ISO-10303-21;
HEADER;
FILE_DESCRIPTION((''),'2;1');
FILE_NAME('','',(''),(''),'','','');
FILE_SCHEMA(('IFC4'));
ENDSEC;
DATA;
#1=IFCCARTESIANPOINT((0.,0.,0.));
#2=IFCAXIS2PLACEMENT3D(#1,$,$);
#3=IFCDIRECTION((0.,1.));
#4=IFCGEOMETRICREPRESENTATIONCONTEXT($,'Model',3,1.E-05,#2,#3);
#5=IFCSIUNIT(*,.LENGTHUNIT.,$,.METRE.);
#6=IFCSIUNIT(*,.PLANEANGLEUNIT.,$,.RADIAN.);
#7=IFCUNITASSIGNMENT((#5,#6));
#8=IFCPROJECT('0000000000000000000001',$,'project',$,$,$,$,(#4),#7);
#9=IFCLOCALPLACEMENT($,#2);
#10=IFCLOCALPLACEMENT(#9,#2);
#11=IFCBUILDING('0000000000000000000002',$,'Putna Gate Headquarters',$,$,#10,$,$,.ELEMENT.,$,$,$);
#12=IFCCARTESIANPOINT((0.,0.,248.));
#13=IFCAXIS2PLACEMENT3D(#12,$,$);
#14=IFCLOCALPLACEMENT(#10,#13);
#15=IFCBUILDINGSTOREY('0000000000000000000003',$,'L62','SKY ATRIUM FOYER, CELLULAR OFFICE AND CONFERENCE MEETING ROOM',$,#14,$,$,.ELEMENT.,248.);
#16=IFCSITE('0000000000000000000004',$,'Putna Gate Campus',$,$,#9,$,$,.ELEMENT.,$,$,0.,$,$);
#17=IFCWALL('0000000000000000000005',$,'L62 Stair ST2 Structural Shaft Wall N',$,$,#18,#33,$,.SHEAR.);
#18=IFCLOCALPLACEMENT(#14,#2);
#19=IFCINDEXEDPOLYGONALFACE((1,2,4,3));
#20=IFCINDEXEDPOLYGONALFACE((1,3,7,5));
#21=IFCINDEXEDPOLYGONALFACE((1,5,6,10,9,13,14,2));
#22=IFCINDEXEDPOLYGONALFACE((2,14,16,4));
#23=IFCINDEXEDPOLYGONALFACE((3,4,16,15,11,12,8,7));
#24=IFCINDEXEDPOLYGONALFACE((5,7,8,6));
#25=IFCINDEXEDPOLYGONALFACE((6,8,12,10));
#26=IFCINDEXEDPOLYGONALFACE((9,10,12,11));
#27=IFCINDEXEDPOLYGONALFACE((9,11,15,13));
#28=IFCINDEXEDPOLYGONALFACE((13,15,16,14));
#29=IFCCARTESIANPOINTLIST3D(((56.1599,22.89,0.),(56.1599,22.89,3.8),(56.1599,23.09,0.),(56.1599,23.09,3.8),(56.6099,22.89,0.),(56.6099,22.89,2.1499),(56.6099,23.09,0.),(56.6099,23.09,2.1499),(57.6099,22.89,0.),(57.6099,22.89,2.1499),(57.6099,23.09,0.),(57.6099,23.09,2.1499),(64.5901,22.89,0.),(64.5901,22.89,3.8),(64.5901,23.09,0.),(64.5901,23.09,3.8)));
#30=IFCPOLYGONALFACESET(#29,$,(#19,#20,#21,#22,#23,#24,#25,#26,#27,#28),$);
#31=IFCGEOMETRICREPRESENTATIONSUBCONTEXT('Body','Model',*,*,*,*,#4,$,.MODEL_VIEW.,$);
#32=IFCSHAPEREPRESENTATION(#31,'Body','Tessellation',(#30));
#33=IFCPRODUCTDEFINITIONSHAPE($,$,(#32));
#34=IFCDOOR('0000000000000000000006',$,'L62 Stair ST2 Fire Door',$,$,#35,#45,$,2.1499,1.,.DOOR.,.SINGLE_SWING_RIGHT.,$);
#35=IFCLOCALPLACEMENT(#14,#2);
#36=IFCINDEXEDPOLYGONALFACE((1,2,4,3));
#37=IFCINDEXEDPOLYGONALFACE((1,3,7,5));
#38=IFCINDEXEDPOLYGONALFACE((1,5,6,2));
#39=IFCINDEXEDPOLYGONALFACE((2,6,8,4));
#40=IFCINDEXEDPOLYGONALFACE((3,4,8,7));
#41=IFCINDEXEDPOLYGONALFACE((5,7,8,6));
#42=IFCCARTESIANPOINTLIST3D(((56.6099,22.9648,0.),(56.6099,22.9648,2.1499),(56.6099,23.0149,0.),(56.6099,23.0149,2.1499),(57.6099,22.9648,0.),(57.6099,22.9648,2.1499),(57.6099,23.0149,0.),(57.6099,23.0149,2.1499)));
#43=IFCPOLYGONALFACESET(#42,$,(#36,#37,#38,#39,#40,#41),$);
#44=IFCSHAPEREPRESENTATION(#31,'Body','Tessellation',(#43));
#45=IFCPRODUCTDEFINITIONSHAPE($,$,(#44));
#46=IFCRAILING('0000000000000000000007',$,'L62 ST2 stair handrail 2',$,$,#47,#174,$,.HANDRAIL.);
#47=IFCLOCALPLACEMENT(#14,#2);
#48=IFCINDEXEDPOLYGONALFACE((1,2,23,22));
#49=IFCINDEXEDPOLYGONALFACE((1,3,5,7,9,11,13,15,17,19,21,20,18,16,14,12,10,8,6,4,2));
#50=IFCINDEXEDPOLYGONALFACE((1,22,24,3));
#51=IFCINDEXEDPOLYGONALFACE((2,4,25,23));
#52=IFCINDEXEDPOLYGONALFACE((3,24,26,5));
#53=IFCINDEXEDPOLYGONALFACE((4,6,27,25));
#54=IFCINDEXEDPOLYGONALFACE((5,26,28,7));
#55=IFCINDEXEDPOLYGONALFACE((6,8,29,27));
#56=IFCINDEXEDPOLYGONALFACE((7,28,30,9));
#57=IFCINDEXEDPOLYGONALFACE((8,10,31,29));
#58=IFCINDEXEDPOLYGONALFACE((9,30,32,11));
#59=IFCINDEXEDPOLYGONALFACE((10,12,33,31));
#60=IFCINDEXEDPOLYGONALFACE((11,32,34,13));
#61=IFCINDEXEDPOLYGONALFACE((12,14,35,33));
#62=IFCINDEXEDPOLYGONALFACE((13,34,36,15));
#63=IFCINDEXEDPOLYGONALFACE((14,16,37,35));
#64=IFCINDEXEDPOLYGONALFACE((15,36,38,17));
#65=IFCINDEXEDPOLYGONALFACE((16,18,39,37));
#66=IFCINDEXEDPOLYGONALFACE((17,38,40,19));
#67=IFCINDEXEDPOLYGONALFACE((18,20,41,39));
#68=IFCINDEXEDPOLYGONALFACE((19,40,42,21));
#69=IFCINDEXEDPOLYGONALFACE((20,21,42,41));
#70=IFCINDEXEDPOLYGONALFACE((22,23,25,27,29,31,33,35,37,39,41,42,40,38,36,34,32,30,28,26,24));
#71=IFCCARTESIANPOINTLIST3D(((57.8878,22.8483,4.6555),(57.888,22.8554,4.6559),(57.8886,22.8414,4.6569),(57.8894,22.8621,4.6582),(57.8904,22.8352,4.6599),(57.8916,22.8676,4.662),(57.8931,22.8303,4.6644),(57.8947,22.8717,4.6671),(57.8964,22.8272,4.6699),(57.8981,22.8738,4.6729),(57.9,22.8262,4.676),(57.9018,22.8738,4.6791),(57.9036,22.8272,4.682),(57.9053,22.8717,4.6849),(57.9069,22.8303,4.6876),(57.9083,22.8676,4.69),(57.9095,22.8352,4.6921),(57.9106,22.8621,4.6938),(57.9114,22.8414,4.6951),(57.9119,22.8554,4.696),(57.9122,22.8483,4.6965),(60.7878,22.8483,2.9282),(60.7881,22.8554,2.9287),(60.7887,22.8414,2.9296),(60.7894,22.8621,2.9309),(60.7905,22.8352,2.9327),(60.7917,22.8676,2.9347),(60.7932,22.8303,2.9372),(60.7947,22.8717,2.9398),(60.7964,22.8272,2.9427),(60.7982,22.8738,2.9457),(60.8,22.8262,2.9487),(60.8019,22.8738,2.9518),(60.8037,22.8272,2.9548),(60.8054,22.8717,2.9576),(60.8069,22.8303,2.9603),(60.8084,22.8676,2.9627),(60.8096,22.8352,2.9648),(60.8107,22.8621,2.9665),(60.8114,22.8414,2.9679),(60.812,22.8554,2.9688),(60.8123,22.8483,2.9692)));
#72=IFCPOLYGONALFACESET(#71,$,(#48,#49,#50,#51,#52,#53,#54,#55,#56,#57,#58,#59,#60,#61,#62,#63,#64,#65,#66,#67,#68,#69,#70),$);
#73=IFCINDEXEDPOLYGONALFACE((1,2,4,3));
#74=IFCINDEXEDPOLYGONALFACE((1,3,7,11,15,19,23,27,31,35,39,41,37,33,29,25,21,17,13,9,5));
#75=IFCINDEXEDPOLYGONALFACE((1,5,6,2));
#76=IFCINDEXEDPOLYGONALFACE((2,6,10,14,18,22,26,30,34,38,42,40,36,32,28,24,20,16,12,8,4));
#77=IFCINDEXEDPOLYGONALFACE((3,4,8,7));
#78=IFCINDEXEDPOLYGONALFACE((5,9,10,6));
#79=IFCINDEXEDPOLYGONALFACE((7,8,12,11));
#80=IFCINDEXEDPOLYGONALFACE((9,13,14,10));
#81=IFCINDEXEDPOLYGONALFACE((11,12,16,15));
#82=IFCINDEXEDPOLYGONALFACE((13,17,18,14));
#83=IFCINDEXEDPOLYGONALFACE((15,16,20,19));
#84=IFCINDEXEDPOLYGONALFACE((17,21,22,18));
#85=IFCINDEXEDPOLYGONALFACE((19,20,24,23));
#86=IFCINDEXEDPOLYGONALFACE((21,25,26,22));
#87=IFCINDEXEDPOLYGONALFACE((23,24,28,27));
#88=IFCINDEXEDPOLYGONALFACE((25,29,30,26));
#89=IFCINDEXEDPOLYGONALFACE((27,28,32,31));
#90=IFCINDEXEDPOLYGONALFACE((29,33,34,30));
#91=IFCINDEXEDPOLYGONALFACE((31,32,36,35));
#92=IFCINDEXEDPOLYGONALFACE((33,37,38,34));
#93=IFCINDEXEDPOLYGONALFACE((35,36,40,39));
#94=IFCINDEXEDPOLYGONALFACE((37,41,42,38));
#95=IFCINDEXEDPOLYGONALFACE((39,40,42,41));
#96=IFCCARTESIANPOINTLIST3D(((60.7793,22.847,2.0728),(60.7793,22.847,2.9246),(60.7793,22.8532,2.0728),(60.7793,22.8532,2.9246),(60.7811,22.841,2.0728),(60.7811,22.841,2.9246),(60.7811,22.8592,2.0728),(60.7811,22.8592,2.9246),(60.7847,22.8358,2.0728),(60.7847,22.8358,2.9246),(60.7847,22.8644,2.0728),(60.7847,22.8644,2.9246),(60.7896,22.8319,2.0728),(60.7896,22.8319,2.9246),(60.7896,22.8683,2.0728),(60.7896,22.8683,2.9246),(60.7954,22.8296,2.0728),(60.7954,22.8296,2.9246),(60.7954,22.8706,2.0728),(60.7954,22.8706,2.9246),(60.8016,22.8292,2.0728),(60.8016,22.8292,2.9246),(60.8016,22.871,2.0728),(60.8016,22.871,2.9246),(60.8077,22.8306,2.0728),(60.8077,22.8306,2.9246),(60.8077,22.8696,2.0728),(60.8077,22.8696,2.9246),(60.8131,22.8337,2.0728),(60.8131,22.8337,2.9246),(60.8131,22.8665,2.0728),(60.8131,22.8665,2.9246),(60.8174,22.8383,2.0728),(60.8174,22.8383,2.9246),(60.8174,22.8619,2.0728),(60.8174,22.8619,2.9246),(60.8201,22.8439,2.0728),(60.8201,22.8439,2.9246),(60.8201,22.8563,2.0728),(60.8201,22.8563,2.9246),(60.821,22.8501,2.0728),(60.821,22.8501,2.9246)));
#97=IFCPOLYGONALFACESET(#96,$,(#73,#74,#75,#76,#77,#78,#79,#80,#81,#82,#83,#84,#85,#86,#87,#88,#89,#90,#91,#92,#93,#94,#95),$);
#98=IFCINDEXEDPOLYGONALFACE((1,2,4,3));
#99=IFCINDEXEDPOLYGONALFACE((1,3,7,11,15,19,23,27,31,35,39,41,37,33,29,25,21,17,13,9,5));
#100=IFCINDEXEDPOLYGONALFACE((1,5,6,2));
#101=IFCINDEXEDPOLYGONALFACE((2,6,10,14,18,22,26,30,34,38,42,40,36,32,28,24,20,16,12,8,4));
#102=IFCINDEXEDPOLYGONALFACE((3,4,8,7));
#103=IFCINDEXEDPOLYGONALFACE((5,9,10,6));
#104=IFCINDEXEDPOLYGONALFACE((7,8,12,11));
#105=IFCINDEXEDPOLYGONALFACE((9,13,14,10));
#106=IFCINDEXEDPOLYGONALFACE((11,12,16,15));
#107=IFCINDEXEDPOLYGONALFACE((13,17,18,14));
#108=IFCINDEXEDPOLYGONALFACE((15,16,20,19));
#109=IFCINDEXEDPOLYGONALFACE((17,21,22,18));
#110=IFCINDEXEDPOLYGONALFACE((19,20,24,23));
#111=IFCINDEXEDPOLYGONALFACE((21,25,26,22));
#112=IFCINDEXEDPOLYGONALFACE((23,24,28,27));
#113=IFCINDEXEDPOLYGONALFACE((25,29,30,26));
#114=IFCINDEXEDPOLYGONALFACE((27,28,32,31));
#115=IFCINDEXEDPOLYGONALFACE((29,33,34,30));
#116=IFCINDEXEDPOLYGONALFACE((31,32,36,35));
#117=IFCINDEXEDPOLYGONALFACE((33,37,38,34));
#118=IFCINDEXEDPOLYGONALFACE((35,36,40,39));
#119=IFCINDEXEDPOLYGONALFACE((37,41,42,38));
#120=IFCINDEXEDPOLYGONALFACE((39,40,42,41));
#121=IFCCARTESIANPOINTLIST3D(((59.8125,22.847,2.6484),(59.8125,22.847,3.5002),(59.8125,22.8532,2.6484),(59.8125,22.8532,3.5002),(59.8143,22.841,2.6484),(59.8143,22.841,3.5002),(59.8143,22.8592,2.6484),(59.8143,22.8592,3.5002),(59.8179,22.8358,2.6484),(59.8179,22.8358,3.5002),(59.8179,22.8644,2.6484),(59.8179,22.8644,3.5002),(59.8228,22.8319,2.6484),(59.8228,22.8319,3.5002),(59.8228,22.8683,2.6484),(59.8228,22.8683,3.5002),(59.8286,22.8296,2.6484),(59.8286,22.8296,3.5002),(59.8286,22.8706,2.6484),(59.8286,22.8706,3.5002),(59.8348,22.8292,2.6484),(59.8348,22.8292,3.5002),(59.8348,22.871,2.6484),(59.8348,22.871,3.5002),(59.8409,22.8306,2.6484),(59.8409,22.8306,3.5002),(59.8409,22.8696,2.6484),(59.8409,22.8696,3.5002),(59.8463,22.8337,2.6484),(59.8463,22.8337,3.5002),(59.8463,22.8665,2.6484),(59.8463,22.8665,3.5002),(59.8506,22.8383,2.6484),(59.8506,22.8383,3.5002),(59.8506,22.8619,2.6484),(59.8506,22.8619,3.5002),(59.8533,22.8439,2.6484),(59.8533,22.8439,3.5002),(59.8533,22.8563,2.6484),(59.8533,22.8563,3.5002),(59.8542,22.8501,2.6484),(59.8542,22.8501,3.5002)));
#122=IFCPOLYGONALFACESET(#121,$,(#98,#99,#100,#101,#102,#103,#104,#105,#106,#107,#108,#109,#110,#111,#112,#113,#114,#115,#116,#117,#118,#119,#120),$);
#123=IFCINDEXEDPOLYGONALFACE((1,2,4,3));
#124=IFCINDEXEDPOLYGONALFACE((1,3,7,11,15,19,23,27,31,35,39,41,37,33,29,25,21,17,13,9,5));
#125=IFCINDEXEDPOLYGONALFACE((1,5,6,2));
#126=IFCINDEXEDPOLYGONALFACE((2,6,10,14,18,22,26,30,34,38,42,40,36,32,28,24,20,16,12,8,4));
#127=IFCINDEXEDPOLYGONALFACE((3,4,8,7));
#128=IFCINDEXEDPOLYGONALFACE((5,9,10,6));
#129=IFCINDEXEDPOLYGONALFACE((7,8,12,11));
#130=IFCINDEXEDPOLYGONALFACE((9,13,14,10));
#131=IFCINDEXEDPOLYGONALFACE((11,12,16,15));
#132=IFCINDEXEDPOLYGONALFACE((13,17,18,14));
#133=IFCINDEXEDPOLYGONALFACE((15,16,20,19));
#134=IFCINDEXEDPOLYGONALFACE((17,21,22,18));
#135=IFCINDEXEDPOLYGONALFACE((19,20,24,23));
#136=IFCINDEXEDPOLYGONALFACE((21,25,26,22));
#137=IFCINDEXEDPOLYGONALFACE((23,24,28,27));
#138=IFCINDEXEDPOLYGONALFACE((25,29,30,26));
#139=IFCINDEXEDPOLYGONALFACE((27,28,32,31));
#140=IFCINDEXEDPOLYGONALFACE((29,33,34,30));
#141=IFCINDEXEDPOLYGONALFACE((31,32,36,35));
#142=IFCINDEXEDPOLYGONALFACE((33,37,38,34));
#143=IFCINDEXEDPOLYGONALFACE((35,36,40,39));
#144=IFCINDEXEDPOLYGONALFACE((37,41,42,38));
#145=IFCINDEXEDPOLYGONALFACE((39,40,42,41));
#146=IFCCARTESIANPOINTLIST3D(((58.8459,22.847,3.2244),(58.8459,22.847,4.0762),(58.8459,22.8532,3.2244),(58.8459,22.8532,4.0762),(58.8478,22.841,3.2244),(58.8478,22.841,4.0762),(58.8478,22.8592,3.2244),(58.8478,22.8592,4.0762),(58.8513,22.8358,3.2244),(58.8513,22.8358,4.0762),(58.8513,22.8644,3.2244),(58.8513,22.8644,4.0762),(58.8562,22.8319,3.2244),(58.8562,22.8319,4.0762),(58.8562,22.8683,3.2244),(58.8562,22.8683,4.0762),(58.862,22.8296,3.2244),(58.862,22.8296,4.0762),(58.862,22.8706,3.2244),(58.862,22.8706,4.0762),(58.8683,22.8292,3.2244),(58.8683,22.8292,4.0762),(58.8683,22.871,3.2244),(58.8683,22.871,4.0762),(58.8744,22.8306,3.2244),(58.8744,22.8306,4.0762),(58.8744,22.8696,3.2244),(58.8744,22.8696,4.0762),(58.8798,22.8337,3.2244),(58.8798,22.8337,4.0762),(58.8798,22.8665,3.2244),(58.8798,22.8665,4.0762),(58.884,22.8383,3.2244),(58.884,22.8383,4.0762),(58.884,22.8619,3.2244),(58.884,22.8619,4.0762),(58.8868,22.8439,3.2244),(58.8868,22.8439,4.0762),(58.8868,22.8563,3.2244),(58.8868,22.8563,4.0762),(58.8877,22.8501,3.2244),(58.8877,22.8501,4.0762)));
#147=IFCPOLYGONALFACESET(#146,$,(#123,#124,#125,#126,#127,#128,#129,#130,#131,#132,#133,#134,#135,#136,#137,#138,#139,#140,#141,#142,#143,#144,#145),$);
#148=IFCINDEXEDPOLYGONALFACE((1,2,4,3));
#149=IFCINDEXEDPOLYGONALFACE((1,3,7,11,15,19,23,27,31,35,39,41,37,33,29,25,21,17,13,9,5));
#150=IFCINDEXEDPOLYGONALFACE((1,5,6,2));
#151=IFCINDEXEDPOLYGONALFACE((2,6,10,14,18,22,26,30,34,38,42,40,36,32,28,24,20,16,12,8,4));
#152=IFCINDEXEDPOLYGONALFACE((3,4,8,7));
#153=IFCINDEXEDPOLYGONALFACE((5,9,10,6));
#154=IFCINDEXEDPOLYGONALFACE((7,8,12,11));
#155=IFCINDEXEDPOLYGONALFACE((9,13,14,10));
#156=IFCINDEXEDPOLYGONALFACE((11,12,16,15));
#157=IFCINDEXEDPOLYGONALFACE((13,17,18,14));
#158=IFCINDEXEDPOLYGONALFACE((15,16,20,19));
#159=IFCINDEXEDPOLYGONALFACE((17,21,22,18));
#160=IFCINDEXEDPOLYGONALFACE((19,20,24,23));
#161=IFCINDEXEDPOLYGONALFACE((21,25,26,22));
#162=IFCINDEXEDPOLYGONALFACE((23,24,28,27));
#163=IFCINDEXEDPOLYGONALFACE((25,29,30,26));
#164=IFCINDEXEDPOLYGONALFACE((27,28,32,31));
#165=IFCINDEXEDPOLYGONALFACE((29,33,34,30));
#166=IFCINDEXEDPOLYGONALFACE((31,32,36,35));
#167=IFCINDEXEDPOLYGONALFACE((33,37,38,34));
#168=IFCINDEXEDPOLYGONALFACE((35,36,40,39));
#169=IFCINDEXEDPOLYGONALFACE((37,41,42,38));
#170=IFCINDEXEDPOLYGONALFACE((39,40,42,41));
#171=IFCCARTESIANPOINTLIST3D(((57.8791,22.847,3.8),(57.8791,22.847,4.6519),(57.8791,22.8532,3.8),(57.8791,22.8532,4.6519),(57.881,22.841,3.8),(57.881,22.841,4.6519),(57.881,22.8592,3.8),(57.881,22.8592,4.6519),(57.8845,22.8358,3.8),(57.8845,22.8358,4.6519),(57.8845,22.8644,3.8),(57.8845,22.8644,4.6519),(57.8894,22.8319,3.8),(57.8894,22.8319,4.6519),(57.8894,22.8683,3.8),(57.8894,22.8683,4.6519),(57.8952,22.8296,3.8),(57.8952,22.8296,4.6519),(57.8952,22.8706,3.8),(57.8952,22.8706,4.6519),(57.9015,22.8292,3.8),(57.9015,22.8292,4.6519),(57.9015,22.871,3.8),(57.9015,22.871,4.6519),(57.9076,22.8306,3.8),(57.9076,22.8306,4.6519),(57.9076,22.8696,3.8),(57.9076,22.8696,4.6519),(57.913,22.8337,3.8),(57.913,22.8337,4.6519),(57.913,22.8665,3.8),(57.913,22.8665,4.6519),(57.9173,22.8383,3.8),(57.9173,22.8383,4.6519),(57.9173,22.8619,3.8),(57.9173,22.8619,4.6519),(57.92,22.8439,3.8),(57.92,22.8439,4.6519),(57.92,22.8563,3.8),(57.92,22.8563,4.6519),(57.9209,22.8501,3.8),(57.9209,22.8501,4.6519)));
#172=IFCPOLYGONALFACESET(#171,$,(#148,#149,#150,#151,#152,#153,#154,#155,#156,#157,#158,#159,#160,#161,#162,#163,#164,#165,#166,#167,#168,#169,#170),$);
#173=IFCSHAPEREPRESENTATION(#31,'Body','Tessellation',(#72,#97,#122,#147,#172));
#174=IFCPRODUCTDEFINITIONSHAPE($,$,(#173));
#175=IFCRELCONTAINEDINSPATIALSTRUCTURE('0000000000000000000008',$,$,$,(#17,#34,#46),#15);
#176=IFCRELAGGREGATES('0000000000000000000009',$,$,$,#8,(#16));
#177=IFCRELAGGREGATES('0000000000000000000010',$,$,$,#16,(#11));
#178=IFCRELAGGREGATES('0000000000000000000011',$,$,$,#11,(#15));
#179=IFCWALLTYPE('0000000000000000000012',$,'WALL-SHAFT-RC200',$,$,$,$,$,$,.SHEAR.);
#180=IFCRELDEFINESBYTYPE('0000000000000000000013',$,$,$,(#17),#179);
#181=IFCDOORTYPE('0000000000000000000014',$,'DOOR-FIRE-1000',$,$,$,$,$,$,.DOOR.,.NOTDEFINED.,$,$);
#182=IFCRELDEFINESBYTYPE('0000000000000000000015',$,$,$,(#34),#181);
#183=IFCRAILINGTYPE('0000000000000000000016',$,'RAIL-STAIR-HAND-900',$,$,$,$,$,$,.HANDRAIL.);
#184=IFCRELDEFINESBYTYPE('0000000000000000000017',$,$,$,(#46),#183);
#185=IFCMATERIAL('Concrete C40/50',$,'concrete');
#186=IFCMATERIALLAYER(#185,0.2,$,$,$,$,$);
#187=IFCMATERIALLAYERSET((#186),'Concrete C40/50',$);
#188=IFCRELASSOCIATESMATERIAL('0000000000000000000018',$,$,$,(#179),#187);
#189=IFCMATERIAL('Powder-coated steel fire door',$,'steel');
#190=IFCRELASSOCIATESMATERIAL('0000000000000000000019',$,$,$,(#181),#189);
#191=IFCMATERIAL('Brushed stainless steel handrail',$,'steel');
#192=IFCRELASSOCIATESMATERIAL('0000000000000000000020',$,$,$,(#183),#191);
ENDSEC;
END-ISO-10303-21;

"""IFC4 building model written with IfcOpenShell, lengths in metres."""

from ifc_helpers import new_model, si_unit, direction, frame, frame_2d, origin, origin_2d, place, context, subcontext, project, spatial, rectangle, circle, extrude, material, layer, layer_set, type_object, element, fill, save


model = new_model("IFC4")

# Units and contexts
model_context = context("Model", 3, precision=1e-05, world=origin(), true_north=direction((0.0, 1.0)))
body_context = subcontext(model_context, "Body", "Model", "MODEL_VIEW")
ifc_project = project(units=[si_unit("LENGTHUNIT", "METRE"), si_unit("PLANEANGLEUNIT", "RADIAN")], contexts=[model_context])

# Site, building, storey
site_placement = place(None, origin())
site = spatial("IfcSite", under=ifc_project, at=site_placement, Name="Putna Gate Campus", CompositionType="ELEMENT", RefElevation=0.0)
building_placement = place(site_placement, origin())
building = spatial("IfcBuilding", under=site, at=building_placement, Name="Putna Gate Headquarters", CompositionType="ELEMENT")
storey_placement = place(building_placement, frame((0.0, 0.0, 248.0)))
storey = spatial("IfcBuildingStorey", under=building, at=storey_placement, Name="L62", Description="SKY ATRIUM FOYER, CELLULAR OFFICE AND CONFERENCE MEETING ROOM", CompositionType="ELEMENT", Elevation=248.0)

# Shared definitions
ifc_material_1 = material(Name="Concrete C40/50", Category="concrete")

# Wall, opening, door
ifc_layer_1 = layer(ifc_material_1, 0.2)
ifc_layer_set_1 = layer_set([ifc_layer_1], Name="Concrete C40/50")
wall_type_1 = type_object("IfcWallType", Name="WALL-SHAFT-RC200", PredefinedType="SHEAR", material=ifc_layer_set_1)
wall_1_placement = place(storey_placement, frame((56.1599, 22.99, 0.0), z_axis=(0.0, 0.0, 1.0), x_axis=(1.0, 0.0, 0.0)))
wall_1 = element("IfcWall", 1, at=wall_1_placement, inside=storey, type_object=wall_type_1, Name="L62 Stair ST2 Structural Shaft Wall N", PredefinedType="SHEAR", context=body_context, shape_type="SweptSolid", body=[
    extrude(rectangle(XDim=8.4302, YDim=0.2, at=frame_2d((4.2151, 0.0))), origin(), (0.0, 0.0, 1.0), 3.8),
])
opening_1_placement = place(wall_1_placement, frame((0.45, 0.0, 0.0)))
opening_1 = element("IfcOpeningElement", 2, at=opening_1_placement, cuts=wall_1, PredefinedType="OPENING", context=body_context, shape_type="SweptSolid", body=[
    extrude(rectangle(XDim=1.0, YDim=2.1499, at=frame_2d((0.5, 1.075))), frame((0.0, 0.1099, 0.0), z_axis=(0.0, -1.0, 0.0), x_axis=(1.0, 0.0, 0.0)), (0.0, 0.0, 1.0), 0.22),
])
ifc_material_2 = material(Name="Powder-coated steel fire door", Category="steel")
door_type_1 = type_object("IfcDoorType", Name="DOOR-FIRE-1000", OperationType="NOTDEFINED", PredefinedType="DOOR", material=ifc_material_2)
door_1_placement = place(opening_1_placement, origin())
door_1 = element("IfcDoor", 3, at=door_1_placement, inside=storey, type_object=door_type_1, Name="L62 Stair ST2 Fire Door", OperationType="SINGLE_SWING_RIGHT", OverallHeight=2.1499, OverallWidth=1.0, PredefinedType="DOOR", context=body_context, shape_type="SweptSolid", body=[
    extrude(rectangle(XDim=1.0, YDim=2.1499, at=frame_2d((0.5, 1.075))), frame((0.0, 0.0249, 0.0), z_axis=(0.0, -1.0, 0.0), x_axis=(1.0, 0.0, 0.0)), (0.0, 0.0, 1.0), 0.05),
])
fill(opening_1, door_1)

# Railing
ifc_material_3 = material(Name="Brushed stainless steel handrail", Category="steel")
railing_type = type_object("IfcRailingType", Name="RAIL-STAIR-HAND-900", PredefinedType="HANDRAIL", material=ifc_material_3)
railing_placement = place(storey_placement, frame((60.8, 22.8501, 2.0728)))
element("IfcRailing", 4, at=railing_placement, inside=storey, type_object=railing_type, Name="L62 ST2 stair handrail 2", PredefinedType="HANDRAIL", context=body_context, shape_type="SweptSolid", body=[
    extrude(circle(Radius=0.0239, at=origin_2d()), frame((0.0, 0.0, 0.876), z_axis=(-0.85916, 0.0, 0.511706), x_axis=(0.0, -1.0, 0.0)), (0.0, 0.0, 1.0), 3.3755),
    extrude(circle(Radius=0.021, at=origin_2d()), origin(), (0.0, 0.0, 1.0), 0.8518),
    extrude(circle(Radius=0.021, at=origin_2d()), frame((-0.9668, 0.0, 0.5757)), (0.0, 0.0, 1.0), 0.8518),
    extrude(circle(Radius=0.021, at=origin_2d()), frame((-1.9333, 0.0, 1.1516)), (0.0, 0.0, 1.0), 0.8518),
    extrude(circle(Radius=0.021, at=origin_2d()), frame((-2.9001, 0.0, 1.7273)), (0.0, 0.0, 1.0), 0.8518),
])

save(model, "model.ifc")
